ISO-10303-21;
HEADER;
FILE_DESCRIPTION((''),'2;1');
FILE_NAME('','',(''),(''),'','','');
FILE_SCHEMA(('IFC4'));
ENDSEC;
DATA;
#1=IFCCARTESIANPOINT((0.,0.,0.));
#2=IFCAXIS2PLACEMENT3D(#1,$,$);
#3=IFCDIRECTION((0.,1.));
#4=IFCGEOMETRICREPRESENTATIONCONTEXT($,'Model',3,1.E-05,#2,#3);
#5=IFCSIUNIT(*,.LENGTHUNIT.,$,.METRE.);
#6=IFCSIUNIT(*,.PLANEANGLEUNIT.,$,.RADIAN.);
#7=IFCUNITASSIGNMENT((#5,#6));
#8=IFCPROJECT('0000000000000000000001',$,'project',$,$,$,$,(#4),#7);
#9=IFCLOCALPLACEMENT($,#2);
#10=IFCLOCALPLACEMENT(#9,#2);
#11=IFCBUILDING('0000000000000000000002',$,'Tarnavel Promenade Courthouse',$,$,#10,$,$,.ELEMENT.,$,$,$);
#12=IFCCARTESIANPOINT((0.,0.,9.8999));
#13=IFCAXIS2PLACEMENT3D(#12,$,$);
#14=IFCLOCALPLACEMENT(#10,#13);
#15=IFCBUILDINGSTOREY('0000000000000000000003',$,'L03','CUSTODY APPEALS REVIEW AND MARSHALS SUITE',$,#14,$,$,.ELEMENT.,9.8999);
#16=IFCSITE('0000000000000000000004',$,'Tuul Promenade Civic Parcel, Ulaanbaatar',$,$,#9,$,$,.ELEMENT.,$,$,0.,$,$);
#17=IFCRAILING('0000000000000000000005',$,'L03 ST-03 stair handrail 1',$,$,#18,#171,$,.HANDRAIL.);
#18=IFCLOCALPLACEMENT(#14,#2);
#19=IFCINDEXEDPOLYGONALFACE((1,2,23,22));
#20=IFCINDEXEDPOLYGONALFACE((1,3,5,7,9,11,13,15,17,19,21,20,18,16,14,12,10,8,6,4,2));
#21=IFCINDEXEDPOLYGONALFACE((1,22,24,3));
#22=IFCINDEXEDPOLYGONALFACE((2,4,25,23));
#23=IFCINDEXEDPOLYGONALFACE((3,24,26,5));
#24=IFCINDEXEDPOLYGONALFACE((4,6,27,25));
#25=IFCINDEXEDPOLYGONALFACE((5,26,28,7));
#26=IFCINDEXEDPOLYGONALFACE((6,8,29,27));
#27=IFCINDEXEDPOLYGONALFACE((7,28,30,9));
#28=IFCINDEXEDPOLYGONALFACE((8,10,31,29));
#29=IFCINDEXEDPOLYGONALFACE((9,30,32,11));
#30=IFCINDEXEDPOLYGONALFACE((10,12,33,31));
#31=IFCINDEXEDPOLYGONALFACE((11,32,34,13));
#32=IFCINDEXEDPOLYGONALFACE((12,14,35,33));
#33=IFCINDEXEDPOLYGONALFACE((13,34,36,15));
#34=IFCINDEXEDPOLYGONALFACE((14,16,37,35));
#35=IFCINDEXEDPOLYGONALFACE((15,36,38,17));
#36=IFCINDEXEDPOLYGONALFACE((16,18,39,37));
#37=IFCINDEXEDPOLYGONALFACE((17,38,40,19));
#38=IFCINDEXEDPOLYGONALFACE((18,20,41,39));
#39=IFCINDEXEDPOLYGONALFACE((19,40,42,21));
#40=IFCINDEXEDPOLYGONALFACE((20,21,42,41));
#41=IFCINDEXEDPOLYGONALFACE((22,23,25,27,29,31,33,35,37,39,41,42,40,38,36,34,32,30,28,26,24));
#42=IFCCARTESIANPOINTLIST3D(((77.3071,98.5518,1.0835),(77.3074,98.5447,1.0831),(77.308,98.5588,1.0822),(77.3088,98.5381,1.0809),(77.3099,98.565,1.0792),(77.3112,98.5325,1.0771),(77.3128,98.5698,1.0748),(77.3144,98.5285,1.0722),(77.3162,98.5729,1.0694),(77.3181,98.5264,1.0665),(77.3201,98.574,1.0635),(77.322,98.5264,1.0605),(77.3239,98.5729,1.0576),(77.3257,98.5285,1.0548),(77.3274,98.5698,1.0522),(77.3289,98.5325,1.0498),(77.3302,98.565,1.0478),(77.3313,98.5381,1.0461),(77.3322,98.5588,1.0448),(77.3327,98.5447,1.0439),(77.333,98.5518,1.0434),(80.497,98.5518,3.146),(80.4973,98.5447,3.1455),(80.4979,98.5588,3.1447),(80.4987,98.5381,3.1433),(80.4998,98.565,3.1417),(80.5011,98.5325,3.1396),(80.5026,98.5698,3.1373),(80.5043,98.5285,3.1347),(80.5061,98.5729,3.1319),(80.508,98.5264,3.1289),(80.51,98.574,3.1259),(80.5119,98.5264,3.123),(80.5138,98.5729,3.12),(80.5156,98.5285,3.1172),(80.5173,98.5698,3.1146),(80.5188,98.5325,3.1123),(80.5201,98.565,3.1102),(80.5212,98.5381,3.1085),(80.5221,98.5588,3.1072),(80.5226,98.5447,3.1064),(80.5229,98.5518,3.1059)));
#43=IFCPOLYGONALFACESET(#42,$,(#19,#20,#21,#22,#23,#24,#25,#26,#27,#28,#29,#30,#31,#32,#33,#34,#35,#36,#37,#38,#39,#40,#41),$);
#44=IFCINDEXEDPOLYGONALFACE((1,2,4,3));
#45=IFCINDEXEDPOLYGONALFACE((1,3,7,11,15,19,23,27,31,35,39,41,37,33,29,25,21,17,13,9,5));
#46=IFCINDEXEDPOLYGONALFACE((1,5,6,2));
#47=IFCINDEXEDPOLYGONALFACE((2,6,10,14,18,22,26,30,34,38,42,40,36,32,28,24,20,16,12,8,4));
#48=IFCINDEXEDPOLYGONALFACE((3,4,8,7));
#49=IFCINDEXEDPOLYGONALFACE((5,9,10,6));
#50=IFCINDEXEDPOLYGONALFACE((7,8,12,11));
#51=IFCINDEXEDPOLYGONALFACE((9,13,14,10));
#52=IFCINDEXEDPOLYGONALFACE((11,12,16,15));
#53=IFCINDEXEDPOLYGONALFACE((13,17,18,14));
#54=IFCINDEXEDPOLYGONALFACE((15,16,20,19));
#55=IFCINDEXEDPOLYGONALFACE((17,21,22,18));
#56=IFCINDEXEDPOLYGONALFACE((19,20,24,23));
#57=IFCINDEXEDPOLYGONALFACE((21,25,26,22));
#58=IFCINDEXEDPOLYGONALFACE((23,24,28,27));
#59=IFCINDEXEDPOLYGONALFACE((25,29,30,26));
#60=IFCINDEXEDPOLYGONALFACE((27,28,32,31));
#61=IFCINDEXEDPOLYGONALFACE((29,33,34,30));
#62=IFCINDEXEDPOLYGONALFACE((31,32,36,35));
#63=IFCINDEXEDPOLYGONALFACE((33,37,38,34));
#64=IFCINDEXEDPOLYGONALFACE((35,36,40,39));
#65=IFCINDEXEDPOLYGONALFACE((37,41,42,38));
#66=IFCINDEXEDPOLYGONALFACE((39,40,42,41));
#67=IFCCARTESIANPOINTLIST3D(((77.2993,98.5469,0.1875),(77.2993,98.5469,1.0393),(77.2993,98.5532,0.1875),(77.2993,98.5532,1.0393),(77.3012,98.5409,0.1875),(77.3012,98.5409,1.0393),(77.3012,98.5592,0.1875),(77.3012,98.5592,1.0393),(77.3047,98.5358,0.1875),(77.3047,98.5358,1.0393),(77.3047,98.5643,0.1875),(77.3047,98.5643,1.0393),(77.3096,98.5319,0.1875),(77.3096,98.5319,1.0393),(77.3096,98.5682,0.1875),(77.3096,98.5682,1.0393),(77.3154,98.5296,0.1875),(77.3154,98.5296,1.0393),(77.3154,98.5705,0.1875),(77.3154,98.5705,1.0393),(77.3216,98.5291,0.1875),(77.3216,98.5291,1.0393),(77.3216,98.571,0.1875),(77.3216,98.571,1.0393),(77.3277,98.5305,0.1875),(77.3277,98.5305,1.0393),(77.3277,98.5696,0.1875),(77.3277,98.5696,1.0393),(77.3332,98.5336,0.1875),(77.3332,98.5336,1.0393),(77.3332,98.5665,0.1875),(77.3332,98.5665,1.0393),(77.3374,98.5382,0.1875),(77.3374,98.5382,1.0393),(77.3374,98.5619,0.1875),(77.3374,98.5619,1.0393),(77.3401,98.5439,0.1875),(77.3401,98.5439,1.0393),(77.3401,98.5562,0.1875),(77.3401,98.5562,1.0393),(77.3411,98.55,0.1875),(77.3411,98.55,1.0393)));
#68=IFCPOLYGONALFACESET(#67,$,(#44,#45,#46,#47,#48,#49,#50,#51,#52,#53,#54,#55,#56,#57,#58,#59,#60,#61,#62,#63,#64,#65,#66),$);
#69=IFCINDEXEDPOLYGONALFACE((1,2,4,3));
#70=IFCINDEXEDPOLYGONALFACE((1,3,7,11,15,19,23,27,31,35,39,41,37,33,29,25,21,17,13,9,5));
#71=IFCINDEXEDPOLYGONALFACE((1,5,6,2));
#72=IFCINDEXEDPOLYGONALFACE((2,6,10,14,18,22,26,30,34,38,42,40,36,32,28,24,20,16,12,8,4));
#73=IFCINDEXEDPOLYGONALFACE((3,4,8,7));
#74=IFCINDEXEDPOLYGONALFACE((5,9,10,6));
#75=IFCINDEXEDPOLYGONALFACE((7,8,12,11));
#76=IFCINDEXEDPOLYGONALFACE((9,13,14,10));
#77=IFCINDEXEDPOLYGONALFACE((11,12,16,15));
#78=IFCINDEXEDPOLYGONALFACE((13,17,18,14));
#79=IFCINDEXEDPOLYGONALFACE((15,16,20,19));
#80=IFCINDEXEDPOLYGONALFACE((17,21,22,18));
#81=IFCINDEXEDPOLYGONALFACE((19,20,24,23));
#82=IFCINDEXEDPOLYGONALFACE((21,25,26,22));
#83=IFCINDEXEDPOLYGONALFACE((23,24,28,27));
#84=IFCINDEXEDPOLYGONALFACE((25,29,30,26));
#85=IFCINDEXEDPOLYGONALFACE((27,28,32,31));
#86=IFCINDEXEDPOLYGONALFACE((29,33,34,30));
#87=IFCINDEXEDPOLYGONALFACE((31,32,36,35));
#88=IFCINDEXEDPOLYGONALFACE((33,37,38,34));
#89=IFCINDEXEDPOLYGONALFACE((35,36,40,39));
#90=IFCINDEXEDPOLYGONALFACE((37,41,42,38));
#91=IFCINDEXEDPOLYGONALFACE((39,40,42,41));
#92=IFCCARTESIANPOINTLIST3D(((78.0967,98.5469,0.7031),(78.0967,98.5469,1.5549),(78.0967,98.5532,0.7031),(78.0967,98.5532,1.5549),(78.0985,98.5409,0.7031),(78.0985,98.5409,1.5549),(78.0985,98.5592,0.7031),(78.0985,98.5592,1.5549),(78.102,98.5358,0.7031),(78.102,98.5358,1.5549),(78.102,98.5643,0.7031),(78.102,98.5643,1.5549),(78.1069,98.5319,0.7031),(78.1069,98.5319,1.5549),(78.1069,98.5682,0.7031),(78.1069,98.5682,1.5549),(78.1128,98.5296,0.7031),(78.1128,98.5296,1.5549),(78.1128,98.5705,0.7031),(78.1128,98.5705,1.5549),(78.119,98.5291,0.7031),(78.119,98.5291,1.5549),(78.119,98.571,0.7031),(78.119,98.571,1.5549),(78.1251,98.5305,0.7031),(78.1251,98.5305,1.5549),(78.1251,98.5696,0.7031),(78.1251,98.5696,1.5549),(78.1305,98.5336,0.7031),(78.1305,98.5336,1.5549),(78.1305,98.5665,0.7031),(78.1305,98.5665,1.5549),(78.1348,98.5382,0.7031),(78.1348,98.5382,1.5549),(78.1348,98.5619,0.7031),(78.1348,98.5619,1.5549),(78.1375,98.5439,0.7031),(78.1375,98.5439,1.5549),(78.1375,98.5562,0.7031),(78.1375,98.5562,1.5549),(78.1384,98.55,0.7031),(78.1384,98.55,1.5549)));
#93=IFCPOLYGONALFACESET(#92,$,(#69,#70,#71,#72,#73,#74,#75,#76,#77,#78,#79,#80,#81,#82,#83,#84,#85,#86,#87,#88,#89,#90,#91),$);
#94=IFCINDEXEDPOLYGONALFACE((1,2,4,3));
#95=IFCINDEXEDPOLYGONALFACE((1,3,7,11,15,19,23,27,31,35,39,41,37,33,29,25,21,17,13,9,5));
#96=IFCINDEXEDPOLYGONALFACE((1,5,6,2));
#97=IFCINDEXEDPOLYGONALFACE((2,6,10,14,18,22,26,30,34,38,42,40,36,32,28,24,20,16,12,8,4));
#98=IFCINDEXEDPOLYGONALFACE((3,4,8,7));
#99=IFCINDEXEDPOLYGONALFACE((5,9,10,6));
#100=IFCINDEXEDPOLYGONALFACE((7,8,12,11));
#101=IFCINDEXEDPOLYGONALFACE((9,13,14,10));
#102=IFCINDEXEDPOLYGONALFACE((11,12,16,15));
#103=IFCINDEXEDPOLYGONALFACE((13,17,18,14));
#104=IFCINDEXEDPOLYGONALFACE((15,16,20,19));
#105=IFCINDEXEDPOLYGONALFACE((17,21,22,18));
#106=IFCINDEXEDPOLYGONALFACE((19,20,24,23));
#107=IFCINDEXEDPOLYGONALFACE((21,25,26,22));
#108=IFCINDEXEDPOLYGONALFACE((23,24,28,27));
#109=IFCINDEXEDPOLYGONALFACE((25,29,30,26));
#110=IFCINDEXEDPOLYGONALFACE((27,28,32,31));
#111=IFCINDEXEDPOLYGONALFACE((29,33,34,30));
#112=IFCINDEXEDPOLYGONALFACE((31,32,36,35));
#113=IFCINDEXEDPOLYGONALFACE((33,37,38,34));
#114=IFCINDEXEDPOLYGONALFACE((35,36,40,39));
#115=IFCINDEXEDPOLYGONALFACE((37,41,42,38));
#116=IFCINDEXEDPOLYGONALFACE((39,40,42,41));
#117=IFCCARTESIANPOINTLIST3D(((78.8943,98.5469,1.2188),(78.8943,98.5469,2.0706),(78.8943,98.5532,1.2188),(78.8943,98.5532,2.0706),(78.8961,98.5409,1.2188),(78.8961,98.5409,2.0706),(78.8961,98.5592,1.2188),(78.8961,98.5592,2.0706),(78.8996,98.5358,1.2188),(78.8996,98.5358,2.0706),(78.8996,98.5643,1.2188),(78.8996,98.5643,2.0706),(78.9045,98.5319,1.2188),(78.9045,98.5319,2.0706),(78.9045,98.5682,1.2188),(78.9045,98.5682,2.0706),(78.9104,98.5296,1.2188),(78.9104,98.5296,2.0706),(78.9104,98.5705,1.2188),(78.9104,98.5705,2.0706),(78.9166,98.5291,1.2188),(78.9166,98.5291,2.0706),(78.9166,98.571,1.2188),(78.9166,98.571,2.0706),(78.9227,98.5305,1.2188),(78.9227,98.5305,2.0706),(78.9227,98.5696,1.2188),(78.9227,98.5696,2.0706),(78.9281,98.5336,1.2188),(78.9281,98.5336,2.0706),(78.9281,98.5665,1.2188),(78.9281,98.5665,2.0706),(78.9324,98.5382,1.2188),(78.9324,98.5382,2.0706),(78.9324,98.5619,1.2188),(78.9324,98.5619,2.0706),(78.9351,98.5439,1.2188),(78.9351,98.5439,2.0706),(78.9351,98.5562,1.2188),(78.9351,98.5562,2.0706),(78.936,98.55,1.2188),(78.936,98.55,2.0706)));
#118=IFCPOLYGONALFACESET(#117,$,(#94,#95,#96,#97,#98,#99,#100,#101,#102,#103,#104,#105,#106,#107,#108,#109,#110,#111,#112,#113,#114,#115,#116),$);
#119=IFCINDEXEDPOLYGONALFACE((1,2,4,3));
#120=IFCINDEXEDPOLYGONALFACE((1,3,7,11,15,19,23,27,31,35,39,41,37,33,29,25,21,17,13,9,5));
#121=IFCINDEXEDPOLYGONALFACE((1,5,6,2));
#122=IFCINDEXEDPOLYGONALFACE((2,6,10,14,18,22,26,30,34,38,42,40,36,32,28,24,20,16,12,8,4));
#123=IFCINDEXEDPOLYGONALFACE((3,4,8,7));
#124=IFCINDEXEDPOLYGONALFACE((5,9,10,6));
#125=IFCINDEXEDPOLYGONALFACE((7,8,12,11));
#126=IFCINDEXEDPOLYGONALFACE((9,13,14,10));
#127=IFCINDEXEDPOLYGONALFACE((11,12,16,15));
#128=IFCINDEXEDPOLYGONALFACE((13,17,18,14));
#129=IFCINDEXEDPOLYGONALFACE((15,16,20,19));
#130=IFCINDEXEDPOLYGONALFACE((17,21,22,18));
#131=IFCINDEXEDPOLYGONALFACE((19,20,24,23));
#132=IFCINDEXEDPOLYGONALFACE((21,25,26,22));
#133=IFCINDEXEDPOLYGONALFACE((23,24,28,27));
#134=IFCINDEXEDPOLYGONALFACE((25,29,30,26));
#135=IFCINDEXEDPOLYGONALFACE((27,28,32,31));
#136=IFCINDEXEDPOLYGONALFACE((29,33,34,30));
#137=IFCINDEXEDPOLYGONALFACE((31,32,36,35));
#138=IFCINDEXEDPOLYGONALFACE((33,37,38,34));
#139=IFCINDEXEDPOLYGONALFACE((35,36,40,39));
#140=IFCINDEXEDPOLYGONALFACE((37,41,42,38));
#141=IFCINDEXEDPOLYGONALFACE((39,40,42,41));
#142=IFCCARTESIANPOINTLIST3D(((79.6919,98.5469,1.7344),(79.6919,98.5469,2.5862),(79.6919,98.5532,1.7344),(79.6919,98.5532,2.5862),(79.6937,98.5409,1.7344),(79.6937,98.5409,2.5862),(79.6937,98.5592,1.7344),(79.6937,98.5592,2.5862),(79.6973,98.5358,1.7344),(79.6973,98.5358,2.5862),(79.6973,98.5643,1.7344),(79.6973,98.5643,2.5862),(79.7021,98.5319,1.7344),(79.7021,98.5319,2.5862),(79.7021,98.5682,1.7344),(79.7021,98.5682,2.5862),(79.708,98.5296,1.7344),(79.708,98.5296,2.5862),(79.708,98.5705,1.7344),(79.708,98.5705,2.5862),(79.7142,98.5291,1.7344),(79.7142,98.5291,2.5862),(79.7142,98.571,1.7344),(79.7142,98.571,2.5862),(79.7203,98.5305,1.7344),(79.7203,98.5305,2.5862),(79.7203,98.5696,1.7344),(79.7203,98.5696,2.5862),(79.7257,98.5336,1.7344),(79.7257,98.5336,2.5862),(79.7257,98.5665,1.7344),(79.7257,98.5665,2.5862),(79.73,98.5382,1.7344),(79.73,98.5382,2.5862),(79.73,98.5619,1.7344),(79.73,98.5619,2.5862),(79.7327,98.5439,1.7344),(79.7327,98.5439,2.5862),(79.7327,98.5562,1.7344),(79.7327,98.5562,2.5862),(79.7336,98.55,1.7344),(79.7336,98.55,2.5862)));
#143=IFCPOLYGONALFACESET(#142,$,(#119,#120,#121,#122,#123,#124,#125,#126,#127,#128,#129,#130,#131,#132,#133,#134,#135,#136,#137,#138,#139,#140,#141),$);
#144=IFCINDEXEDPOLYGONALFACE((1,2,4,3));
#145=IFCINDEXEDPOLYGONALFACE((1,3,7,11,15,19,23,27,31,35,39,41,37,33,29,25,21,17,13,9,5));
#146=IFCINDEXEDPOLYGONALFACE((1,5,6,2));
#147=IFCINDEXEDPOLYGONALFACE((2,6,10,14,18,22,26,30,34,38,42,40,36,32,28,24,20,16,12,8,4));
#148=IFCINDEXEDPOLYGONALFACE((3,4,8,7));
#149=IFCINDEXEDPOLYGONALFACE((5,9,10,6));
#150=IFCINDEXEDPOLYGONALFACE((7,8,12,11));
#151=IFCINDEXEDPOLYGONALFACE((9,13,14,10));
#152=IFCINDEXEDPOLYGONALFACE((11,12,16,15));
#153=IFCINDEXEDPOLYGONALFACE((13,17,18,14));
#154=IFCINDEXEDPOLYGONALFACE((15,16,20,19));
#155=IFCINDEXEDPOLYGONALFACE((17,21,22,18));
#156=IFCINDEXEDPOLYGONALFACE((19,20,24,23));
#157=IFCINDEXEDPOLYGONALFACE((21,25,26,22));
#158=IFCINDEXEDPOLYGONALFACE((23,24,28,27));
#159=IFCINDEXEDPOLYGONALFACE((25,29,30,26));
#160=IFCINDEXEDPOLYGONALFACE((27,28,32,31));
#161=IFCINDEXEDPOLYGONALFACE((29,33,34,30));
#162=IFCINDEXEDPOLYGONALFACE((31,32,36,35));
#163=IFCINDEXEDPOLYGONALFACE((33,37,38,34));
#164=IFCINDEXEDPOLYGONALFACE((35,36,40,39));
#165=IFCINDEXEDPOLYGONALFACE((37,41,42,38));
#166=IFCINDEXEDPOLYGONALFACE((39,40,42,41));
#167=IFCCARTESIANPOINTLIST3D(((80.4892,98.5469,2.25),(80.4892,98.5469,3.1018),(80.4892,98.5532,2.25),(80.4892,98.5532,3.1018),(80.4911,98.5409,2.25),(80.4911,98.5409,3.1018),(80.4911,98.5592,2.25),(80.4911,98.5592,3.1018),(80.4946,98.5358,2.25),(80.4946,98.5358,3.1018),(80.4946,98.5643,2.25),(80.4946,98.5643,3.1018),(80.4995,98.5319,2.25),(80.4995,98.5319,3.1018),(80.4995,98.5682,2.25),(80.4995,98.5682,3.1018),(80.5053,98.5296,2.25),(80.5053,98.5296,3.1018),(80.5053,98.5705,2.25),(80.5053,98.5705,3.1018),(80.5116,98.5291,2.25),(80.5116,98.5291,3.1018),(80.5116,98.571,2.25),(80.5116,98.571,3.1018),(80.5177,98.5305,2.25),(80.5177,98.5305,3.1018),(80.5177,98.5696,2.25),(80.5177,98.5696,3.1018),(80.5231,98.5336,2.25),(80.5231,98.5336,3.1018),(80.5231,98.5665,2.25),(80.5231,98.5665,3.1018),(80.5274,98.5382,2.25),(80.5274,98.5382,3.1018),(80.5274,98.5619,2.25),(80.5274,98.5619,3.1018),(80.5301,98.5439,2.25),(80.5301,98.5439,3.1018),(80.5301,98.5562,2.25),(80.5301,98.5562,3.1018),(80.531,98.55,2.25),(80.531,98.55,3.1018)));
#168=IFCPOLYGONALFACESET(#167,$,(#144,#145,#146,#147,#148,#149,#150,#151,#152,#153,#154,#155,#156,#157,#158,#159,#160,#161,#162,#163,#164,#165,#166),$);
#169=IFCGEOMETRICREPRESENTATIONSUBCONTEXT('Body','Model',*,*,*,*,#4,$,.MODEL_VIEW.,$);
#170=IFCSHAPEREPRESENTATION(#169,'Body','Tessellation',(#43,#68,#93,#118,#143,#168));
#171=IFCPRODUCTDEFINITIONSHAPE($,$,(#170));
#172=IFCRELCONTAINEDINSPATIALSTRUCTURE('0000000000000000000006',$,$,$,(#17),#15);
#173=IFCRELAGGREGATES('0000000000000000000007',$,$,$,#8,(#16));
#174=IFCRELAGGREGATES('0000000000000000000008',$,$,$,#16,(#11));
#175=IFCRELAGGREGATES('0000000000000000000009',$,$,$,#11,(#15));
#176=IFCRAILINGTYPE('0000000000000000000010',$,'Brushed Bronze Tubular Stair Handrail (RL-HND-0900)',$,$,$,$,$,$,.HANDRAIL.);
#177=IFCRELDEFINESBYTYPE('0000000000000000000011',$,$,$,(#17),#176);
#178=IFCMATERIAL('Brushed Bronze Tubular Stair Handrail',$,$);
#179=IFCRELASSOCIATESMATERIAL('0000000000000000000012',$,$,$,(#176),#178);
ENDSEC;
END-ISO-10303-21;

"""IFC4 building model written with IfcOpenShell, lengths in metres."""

from ifc_helpers import new_model, si_unit, direction, frame, origin, origin_2d, place, context, subcontext, project, spatial, circle, extrude, material, type_object, element, save


model = new_model("IFC4")

# Units and contexts
model_context = context("Model", 3, precision=1e-05, world=origin(), true_north=direction((0.0, 1.0)))
body_context = subcontext(model_context, "Body", "Model", "MODEL_VIEW")
ifc_project = project(units=[si_unit("LENGTHUNIT", "METRE"), si_unit("PLANEANGLEUNIT", "RADIAN")], contexts=[model_context])

# Site, building, storey
site_placement = place(None, origin())
site = spatial("IfcSite", under=ifc_project, at=site_placement, Name="Tuul Promenade Civic Parcel, Ulaanbaatar", CompositionType="ELEMENT", RefElevation=0.0)
building_placement = place(site_placement, origin())
building = spatial("IfcBuilding", under=site, at=building_placement, Name="Tarnavel Promenade Courthouse", CompositionType="ELEMENT")
storey_placement = place(building_placement, frame((0.0, 0.0, 9.8999)))
storey = spatial("IfcBuildingStorey", under=building, at=storey_placement, Name="L03", Description="CUSTODY APPEALS REVIEW AND MARSHALS SUITE", CompositionType="ELEMENT", Elevation=9.8999)

# Railing
ifc_material_1 = material(Name="Brushed Bronze Tubular Stair Handrail")
railing_type_1 = type_object("IfcRailingType", Name="Brushed Bronze Tubular Stair Handrail (RL-HND-0900)", PredefinedType="HANDRAIL", material=ifc_material_1)
railing_1_placement = place(storey_placement, frame((77.3201, 98.55, 0.1875)))
element("IfcRailing", 1, at=railing_1_placement, inside=storey, type_object=railing_type_1, Name="L03 ST-03 stair handrail 1", PredefinedType="HANDRAIL", context=body_context, shape_type="SweptSolid", body=[
    extrude(circle(Radius=0.0239, at=origin_2d()), frame((0.0, 0.0, 0.876), z_axis=(0.83976, 0.0, 0.542958), x_axis=(0.0, 1.0, 0.0)), (0.0, 0.0, 1.0), 3.7986),
    extrude(circle(Radius=0.021, at=origin_2d()), origin(), (0.0, 0.0, 1.0), 0.8518),
    extrude(circle(Radius=0.021, at=origin_2d()), frame((0.7974, 0.0, 0.5156)), (0.0, 0.0, 1.0), 0.8518),
    extrude(circle(Radius=0.021, at=origin_2d()), frame((1.595, 0.0, 1.0312)), (0.0, 0.0, 1.0), 0.8518),
    extrude(circle(Radius=0.021, at=origin_2d()), frame((2.3926, 0.0, 1.5469)), (0.0, 0.0, 1.0), 0.8518),
    extrude(circle(Radius=0.021, at=origin_2d()), frame((3.1899, 0.0, 2.0625)), (0.0, 0.0, 1.0), 0.8518),
])

save(model, "model.ifc")
